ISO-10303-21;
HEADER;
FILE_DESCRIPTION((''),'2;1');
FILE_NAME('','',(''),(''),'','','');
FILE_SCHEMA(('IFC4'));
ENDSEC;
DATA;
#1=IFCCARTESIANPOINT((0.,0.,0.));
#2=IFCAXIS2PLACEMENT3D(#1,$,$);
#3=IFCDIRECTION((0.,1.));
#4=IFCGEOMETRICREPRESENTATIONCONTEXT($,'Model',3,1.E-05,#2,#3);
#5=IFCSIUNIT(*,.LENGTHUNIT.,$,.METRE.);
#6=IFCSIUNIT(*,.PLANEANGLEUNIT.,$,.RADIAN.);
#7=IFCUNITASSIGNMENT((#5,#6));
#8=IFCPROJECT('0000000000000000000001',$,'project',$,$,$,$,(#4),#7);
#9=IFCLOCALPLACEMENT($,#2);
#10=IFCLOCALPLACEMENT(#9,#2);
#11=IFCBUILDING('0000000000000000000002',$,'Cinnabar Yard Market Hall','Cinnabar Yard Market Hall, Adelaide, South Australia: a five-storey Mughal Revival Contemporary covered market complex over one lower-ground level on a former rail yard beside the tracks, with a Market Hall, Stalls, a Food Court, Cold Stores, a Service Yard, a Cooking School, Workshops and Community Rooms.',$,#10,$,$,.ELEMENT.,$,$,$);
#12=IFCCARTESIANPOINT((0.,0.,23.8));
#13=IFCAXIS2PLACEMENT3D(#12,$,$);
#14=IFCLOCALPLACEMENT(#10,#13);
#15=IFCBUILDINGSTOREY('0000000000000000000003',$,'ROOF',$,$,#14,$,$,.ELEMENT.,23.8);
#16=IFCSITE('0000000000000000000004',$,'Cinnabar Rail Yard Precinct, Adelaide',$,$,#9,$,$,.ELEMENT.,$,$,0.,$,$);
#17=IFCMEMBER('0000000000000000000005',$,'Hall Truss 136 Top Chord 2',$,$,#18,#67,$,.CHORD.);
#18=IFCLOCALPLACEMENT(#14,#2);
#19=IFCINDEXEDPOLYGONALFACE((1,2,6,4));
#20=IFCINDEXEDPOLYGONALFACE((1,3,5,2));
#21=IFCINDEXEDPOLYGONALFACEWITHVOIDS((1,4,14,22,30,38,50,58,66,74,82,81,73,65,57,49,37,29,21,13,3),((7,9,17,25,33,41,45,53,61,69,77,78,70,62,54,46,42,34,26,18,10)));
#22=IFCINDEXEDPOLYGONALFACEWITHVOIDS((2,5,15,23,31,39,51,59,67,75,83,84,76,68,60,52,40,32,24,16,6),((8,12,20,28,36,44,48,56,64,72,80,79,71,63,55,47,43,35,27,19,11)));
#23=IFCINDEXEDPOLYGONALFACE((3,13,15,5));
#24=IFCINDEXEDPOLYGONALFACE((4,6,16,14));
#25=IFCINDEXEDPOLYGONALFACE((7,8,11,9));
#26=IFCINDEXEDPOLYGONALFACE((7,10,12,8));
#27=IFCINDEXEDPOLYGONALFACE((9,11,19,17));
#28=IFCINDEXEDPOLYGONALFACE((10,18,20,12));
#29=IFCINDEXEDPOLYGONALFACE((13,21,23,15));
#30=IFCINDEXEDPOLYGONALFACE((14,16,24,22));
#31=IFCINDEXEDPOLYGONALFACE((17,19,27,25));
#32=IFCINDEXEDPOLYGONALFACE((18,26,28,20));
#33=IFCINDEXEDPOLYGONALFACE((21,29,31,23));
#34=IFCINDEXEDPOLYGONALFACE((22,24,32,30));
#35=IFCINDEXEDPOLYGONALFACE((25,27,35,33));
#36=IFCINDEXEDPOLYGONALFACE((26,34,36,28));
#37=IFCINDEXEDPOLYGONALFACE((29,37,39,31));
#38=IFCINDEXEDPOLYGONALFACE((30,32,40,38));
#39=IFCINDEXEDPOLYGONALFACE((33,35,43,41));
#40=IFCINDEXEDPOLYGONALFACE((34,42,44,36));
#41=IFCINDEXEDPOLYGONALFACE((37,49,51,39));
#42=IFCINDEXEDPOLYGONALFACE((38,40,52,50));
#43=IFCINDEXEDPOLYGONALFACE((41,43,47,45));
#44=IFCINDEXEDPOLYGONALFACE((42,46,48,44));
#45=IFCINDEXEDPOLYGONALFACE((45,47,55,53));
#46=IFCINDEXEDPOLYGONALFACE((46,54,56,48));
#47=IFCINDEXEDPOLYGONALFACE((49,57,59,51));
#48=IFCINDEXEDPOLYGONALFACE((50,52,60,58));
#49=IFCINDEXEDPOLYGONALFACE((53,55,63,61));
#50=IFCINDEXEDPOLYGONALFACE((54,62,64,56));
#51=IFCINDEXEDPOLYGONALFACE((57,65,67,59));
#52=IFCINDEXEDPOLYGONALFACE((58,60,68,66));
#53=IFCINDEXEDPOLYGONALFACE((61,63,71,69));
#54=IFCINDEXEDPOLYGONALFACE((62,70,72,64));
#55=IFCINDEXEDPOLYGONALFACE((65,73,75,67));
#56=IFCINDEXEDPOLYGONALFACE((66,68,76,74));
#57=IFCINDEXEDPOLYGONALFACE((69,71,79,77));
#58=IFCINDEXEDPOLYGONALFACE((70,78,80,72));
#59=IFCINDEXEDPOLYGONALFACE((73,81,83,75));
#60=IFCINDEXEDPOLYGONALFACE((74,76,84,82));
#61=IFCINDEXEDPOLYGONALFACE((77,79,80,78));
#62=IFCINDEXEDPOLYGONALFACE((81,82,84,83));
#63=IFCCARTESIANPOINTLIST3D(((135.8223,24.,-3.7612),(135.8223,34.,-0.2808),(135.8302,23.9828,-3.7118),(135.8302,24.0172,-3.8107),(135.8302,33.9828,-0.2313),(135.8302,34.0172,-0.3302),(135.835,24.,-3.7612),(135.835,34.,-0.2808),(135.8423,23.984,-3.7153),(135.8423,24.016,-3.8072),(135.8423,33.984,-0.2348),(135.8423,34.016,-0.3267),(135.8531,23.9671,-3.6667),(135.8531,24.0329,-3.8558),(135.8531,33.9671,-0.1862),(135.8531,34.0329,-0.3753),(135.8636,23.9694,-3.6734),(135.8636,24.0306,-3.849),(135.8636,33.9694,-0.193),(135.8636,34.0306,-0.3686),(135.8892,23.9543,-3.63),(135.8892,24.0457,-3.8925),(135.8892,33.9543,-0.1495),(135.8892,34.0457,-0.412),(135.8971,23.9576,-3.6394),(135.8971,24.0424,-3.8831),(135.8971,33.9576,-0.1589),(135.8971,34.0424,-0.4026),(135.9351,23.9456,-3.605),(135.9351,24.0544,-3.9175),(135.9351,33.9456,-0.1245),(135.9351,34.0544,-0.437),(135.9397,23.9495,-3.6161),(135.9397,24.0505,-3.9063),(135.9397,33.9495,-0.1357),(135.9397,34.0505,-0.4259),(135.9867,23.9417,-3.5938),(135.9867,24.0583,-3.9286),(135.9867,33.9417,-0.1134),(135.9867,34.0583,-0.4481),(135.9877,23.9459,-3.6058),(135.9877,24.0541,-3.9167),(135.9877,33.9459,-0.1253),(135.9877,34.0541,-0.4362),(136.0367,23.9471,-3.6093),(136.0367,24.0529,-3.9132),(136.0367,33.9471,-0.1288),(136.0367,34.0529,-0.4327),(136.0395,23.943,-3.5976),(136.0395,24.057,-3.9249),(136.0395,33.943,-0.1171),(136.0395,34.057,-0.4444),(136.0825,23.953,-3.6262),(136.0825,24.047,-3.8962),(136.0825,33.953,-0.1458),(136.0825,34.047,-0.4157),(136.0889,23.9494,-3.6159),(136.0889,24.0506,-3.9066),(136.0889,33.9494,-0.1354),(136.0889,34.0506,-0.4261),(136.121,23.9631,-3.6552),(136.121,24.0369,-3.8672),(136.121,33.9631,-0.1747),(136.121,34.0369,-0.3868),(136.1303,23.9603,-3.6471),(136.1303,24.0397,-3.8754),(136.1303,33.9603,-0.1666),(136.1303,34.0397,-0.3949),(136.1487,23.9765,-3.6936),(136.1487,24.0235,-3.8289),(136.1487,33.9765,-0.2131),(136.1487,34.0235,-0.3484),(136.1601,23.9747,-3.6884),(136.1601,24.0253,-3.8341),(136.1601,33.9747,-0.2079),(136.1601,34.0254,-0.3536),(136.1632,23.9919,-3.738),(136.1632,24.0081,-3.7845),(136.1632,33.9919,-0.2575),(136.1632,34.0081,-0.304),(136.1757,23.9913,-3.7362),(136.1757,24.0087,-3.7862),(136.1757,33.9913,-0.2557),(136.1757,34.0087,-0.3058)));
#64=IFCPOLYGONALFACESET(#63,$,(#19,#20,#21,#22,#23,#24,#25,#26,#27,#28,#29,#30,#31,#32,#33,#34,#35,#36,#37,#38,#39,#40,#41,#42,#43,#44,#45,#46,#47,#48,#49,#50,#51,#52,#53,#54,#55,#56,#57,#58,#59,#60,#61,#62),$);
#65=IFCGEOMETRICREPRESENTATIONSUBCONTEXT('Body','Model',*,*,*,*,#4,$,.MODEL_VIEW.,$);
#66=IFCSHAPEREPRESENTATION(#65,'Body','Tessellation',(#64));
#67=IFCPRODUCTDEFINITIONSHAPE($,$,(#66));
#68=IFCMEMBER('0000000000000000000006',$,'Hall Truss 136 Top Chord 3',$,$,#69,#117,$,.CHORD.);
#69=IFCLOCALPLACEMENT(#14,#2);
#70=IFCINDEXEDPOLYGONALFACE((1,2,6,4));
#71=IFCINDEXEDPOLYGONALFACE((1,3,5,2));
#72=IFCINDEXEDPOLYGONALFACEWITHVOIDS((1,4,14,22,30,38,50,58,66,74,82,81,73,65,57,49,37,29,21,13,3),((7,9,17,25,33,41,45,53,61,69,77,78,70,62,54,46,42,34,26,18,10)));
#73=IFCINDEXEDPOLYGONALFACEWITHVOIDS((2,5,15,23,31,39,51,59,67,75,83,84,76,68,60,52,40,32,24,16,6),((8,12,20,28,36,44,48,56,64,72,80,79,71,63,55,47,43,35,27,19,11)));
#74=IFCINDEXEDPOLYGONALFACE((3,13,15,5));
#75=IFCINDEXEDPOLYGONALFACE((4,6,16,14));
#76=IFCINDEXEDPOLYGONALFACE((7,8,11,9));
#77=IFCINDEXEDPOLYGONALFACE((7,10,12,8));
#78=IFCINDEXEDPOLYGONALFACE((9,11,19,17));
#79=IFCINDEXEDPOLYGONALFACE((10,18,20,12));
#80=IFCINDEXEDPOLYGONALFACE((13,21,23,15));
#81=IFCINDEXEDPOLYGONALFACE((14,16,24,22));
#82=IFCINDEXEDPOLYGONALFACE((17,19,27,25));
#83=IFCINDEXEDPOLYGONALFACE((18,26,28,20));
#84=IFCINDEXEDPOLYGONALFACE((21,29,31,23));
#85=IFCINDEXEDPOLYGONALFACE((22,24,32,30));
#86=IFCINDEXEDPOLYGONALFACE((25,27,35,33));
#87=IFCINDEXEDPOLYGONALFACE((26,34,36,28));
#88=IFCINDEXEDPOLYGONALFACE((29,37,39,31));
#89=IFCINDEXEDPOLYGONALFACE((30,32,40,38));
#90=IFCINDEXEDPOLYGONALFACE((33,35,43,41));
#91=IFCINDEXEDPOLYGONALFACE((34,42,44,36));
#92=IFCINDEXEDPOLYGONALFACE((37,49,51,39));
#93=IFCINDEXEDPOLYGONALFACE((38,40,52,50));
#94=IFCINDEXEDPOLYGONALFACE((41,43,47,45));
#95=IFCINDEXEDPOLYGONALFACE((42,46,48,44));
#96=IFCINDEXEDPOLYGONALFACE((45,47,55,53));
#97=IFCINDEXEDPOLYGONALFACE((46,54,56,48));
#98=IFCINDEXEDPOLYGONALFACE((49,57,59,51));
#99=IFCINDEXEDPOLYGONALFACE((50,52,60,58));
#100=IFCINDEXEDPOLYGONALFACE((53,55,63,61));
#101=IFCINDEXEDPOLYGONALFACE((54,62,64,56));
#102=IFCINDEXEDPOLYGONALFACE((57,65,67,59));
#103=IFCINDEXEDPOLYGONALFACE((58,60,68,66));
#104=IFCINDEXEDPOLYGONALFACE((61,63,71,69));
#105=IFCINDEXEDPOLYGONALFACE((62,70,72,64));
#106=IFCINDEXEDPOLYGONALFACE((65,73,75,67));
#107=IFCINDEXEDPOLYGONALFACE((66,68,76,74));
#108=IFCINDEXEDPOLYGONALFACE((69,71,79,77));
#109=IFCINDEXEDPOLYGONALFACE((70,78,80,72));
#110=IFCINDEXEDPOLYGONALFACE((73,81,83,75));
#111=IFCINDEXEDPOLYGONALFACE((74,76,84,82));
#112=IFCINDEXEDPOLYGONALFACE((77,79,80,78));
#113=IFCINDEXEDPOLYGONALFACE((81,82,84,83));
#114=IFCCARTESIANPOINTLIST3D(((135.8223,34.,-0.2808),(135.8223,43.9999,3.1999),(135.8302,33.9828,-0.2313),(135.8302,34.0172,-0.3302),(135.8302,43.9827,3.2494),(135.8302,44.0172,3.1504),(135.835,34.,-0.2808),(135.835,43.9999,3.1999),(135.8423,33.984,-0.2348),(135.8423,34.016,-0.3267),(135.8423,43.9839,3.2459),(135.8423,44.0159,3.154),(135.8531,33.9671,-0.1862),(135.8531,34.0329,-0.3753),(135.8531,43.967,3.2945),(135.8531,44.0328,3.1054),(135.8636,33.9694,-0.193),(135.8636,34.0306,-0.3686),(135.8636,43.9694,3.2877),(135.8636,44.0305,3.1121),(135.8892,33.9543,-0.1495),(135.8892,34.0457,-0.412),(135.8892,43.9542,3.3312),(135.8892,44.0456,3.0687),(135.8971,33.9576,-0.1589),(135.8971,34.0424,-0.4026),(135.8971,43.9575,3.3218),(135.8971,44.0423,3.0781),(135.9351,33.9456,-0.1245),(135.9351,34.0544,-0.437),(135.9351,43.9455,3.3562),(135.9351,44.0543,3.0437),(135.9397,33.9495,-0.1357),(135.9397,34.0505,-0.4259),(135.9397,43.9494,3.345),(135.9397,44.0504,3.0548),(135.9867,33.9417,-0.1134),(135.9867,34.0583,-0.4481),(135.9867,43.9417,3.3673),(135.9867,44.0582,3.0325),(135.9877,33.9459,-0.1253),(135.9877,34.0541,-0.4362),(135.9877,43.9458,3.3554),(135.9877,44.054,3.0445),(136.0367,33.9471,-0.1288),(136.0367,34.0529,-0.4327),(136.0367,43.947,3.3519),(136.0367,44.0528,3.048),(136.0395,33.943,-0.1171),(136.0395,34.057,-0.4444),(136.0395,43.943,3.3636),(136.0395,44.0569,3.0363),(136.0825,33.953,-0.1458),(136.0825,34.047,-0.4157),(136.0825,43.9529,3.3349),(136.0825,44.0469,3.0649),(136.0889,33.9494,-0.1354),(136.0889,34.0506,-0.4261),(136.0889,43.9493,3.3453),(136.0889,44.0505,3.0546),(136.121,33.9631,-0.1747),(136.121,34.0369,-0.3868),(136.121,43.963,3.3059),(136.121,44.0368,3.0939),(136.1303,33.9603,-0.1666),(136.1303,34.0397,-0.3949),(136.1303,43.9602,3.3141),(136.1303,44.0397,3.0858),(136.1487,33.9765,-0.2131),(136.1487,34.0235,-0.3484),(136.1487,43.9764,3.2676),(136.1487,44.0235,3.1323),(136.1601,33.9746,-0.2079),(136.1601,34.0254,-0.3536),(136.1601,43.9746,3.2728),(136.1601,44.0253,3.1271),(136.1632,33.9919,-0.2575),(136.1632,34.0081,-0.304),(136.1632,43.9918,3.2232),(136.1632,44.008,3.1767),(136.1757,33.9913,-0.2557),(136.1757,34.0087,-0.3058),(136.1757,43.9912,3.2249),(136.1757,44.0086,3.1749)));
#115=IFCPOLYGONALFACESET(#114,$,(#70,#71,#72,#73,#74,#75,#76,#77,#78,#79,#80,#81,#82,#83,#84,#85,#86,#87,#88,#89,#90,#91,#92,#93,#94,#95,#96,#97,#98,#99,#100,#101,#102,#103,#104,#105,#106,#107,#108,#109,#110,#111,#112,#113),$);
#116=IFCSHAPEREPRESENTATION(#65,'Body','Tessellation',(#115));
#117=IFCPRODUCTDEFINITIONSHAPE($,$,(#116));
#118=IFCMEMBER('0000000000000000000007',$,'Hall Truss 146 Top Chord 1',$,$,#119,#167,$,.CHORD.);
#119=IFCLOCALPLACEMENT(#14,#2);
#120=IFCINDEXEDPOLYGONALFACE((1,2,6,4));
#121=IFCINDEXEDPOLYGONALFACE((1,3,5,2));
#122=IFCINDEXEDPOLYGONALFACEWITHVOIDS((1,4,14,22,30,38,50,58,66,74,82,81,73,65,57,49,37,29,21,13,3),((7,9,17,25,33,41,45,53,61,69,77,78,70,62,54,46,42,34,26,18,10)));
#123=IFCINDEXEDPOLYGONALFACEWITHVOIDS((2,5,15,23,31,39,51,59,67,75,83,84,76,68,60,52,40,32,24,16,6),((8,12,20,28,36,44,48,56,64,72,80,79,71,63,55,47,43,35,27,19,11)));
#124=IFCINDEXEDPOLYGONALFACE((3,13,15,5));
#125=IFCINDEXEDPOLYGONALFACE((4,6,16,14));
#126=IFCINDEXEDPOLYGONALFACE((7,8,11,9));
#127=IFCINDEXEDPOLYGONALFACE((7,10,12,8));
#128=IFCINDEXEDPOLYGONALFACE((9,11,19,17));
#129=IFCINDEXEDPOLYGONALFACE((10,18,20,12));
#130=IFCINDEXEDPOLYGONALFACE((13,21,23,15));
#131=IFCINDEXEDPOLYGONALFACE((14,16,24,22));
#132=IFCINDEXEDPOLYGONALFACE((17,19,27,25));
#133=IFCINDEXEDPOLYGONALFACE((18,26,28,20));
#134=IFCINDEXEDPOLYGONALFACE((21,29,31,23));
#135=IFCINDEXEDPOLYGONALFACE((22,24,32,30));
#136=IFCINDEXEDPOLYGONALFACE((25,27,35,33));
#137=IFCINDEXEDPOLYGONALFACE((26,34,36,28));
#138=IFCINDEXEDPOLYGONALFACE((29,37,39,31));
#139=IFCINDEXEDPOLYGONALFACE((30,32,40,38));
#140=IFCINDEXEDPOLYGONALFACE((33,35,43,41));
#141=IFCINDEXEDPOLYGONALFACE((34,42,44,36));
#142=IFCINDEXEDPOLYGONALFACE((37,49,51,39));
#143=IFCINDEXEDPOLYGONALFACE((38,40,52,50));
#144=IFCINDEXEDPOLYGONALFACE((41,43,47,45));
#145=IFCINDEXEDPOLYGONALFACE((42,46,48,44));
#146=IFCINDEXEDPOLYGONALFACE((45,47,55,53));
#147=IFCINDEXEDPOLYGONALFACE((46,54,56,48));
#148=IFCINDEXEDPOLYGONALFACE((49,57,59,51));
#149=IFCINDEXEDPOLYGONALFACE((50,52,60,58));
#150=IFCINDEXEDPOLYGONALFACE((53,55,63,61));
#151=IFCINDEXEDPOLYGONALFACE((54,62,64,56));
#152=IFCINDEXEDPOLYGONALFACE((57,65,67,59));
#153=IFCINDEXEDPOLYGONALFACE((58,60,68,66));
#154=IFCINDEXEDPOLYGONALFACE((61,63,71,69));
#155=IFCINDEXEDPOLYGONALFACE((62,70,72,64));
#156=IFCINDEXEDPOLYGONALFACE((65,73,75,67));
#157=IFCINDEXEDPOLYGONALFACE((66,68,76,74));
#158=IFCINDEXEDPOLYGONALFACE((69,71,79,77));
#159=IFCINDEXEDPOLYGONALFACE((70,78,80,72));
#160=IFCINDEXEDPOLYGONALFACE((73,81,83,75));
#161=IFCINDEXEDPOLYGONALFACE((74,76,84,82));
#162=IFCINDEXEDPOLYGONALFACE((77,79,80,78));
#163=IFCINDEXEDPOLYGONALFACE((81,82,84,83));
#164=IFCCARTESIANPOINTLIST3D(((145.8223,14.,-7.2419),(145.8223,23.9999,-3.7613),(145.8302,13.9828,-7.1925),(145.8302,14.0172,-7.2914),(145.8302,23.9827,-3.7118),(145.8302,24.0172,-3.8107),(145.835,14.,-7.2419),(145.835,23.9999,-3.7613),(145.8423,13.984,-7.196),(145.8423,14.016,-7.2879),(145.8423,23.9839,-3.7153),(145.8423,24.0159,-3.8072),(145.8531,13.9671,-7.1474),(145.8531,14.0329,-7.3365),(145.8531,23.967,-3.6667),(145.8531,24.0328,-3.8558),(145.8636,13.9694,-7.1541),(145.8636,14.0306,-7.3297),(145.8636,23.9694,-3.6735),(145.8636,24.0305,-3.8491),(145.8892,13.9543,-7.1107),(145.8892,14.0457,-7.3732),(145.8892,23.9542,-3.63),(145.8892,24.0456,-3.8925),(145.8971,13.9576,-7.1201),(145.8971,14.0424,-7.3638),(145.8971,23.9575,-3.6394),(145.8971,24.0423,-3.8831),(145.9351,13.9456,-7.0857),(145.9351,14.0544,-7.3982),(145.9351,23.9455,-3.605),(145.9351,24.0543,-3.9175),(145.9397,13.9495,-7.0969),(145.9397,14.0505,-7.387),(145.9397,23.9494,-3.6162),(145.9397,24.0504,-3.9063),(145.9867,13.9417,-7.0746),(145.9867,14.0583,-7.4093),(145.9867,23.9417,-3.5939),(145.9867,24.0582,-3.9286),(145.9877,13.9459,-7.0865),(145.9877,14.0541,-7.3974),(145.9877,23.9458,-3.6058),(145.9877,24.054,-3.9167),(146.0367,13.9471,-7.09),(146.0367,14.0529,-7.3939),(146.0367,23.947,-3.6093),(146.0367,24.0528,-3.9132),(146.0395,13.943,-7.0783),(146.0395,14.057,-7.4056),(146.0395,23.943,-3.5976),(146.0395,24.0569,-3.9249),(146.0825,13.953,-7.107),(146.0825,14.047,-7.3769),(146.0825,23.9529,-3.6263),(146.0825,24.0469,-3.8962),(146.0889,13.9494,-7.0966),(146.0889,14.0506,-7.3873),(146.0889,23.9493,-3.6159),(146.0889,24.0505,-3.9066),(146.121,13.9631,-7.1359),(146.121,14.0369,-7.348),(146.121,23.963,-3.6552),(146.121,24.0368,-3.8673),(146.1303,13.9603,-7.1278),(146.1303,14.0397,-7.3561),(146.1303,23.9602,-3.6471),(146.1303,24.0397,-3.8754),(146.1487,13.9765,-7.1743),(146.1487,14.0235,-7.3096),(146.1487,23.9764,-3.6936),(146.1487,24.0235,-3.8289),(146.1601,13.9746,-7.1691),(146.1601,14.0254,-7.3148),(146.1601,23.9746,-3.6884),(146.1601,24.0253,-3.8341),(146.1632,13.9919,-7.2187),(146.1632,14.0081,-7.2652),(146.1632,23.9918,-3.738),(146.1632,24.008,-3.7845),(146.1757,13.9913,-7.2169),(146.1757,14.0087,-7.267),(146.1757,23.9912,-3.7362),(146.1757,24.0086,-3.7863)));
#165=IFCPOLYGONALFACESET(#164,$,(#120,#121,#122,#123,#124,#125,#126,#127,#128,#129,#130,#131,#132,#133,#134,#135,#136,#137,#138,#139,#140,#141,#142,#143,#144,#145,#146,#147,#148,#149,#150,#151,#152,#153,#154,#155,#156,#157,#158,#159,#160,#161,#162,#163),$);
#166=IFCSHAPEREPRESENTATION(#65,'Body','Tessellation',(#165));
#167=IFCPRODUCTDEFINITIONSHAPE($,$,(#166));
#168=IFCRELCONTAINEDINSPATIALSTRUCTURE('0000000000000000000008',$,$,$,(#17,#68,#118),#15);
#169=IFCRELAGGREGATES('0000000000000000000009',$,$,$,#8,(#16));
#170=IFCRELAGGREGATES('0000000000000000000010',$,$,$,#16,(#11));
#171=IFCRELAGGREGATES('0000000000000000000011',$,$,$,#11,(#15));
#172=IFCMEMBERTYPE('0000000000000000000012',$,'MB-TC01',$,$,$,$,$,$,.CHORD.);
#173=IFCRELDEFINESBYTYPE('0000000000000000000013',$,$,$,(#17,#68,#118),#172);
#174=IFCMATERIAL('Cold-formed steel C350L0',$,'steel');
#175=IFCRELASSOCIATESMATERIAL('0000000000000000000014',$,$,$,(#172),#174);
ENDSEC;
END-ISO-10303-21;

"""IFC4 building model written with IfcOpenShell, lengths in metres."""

from ifc_helpers import new_model, si_unit, direction, frame, origin, origin_2d_with_axis, place, context, subcontext, project, spatial, hollow_circle, extrude, material, material_profile, profile_set, type_object, element, save


model = new_model("IFC4")

# Units and contexts
model_context = context("Model", 3, precision=1e-05, world=origin(), true_north=direction((0.0, 1.0)))
body_context = subcontext(model_context, "Body", "Model", "MODEL_VIEW")
ifc_project = project(units=[si_unit("LENGTHUNIT", "METRE"), si_unit("PLANEANGLEUNIT", "RADIAN")], contexts=[model_context])

# Site, building, storey
site_placement = place(None, origin())
site = spatial("IfcSite", under=ifc_project, at=site_placement, Name="Cinnabar Rail Yard Precinct, Adelaide", CompositionType="ELEMENT", RefElevation=0.0)
building_placement = place(site_placement, origin())
building = spatial("IfcBuilding", under=site, at=building_placement, Name="Cinnabar Yard Market Hall", Description="Cinnabar Yard Market Hall, Adelaide, South Australia: a five-storey Mughal Revival Contemporary covered market complex over one lower-ground level on a former rail yard beside the tracks, with a Market Hall, Stalls, a Food Court, Cold Stores, a Service Yard, a Cooking School, Workshops and Community Rooms.", CompositionType="ELEMENT")
storey_placement = place(building_placement, frame((0.0, 0.0, 23.8)))
storey = spatial("IfcBuildingStorey", under=building, at=storey_placement, Name="ROOF", CompositionType="ELEMENT", Elevation=23.8)

# Shared definitions
ifc_material_1 = material(Name="Cold-formed steel C350L0", Category="steel")

# Members
ifc_material_profile_1 = material_profile(ifc_material_1, hollow_circle(Radius=0.1777, WallThickness=0.0127, at=origin_2d_with_axis()), Name="355.6x12.7CHS")
ifc_profile_set_1 = profile_set([ifc_material_profile_1], Name="Cold-formed steel C350L0")
member_type_1 = type_object("IfcMemberType", Name="MB-TC01", PredefinedType="CHORD", material=ifc_profile_set_1)
for number, where, z_axis, x_axis, name in (
    (1, (136.0, 24.0, -3.7612), (0.0, 0.944432, 0.328707), (-1.0, 0.0, 0.0), "Hall Truss 136 Top Chord 2"),
    (2, (136.0, 34.0, -0.2808), (0.0, 0.944425, 0.328727), (-1.0, 0.0, 0.0), "Hall Truss 136 Top Chord 3"),
    (3, (146.0, 14.0, -7.2419), (0.0, 0.944425, 0.328727), (-1.0, 0.0, 0.0), "Hall Truss 146 Top Chord 1"),
):
    element("IfcMember", number, at=place(storey_placement, frame(where, z_axis=z_axis, x_axis=x_axis)), inside=storey, type_object=member_type_1, Name=name, PredefinedType="CHORD", context=body_context, shape_type="SweptSolid", body=[
        extrude(hollow_circle(Radius=0.1777, WallThickness=0.0127, at=origin_2d_with_axis()), origin(), (0.0, 0.0, 1.0), 10.5884),
    ])

save(model, "model.ifc")
